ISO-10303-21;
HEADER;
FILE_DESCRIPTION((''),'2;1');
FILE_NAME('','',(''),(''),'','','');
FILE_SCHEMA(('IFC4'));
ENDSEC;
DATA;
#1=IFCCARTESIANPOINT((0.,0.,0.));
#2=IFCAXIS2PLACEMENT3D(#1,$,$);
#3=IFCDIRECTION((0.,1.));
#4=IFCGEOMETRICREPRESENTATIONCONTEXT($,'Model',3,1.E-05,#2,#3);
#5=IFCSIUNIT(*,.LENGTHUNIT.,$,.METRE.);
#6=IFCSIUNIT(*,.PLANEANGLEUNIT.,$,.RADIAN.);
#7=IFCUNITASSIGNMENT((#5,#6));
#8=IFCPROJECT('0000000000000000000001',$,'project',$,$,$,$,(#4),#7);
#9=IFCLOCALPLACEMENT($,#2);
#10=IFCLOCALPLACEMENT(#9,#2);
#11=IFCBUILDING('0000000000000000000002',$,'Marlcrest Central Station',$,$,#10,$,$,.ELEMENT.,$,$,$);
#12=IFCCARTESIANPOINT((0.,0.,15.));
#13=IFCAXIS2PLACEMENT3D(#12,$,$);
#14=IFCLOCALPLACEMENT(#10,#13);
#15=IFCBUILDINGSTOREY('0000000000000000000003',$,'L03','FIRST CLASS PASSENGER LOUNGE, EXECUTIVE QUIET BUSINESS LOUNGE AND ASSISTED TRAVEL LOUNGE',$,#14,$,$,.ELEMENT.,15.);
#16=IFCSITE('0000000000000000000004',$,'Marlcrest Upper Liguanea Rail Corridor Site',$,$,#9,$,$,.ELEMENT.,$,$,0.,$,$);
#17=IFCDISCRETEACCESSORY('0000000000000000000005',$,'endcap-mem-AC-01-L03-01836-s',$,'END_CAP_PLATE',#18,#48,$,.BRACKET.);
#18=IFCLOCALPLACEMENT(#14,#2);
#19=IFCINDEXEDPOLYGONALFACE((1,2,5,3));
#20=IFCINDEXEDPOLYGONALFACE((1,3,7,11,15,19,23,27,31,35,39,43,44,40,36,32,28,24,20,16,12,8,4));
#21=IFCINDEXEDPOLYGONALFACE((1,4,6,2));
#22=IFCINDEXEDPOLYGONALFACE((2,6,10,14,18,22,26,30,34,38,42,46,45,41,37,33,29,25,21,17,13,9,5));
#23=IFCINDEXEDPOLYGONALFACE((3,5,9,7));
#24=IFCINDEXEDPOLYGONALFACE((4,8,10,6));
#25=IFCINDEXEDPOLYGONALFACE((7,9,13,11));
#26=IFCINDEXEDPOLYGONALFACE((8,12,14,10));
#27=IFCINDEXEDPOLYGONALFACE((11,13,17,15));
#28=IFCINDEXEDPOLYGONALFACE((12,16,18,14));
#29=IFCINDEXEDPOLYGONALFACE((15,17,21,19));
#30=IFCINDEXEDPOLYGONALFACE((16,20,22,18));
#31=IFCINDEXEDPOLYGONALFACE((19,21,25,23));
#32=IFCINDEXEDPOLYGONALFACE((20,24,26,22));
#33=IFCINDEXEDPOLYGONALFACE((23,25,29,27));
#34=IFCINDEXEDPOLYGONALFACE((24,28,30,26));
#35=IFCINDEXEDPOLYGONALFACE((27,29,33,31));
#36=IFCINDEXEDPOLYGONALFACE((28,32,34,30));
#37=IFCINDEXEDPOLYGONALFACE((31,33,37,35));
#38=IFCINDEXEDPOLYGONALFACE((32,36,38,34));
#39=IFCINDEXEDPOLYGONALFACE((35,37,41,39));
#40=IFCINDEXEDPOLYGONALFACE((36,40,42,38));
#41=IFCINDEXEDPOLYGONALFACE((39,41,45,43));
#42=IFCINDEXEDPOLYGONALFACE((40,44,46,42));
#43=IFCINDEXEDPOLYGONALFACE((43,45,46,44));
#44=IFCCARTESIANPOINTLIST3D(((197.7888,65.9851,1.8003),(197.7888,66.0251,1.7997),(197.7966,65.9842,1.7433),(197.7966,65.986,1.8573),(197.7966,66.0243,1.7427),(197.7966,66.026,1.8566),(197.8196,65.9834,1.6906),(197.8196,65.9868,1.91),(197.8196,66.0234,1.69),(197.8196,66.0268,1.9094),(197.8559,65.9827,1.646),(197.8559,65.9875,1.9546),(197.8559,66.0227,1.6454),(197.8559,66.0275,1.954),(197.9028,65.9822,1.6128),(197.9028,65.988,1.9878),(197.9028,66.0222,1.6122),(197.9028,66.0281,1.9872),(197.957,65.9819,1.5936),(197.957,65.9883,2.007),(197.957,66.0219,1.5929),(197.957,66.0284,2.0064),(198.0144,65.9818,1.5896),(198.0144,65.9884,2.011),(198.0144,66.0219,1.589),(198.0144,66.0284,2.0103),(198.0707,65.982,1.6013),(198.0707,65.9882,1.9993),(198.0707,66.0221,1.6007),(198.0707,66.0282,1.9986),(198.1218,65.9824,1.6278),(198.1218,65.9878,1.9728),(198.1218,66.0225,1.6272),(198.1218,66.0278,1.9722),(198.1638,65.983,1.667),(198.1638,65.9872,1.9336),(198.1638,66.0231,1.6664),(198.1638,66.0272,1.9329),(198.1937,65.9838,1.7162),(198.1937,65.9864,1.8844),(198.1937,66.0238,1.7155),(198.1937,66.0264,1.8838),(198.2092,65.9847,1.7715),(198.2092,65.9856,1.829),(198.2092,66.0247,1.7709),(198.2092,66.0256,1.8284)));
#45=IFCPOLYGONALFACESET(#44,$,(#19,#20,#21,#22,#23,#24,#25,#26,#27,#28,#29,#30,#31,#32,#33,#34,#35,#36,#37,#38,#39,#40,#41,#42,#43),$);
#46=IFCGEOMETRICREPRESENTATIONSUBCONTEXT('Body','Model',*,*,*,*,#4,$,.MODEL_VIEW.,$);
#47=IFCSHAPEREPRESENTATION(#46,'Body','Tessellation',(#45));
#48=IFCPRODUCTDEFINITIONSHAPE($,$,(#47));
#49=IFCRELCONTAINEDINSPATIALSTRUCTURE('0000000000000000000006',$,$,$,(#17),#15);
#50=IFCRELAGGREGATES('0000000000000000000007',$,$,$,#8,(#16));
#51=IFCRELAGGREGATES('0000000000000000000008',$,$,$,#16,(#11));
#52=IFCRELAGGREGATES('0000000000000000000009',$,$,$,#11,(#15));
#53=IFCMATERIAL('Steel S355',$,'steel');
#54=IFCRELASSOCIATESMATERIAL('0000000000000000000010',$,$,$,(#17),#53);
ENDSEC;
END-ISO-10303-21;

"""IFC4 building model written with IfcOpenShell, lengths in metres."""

from ifc_helpers import new_model, si_unit, direction, frame, origin, origin_2d, place, context, subcontext, project, spatial, circle, extrude, material, element, save


model = new_model("IFC4")

# Units and contexts
model_context = context("Model", 3, precision=1e-05, world=origin(), true_north=direction((0.0, 1.0)))
body_context = subcontext(model_context, "Body", "Model", "MODEL_VIEW")
ifc_project = project(units=[si_unit("LENGTHUNIT", "METRE"), si_unit("PLANEANGLEUNIT", "RADIAN")], contexts=[model_context])

# Site, building, storey
site_placement = place(None, origin())
site = spatial("IfcSite", under=ifc_project, at=site_placement, Name="Marlcrest Upper Liguanea Rail Corridor Site", CompositionType="ELEMENT", RefElevation=0.0)
building_placement = place(site_placement, origin())
building = spatial("IfcBuilding", under=site, at=building_placement, Name="Marlcrest Central Station", CompositionType="ELEMENT")
storey_placement = place(building_placement, frame((0.0, 0.0, 15.0)))
storey = spatial("IfcBuildingStorey", under=building, at=storey_placement, Name="L03", Description="FIRST CLASS PASSENGER LOUNGE, EXECUTIVE QUIET BUSINESS LOUNGE AND ASSISTED TRAVEL LOUNGE", CompositionType="ELEMENT", Elevation=15.0)

# Shared definitions
ifc_material_1 = material(Name="Steel S355", Category="steel")

# Discrete accessory
for number, where, z_axis, x_axis, name in (
    (1, (198.0, 65.9851, 1.8003), (0.0, 0.999879, -0.015525), (-1.0, 0.0, 0.0), "endcap-mem-AC-01-L03-01836-s"),
):
    element("IfcDiscreteAccessory", number, at=place(storey_placement, frame(where, z_axis=z_axis, x_axis=x_axis)), inside=storey, material=ifc_material_1, Name=name, ObjectType="END_CAP_PLATE", PredefinedType="BRACKET", context=body_context, shape_type="SweptSolid", body=[
        extrude(circle(Radius=0.2112, at=origin_2d()), origin(), (0.0, 0.0, 1.0), 0.04),
    ])

save(model, "model.ifc")
